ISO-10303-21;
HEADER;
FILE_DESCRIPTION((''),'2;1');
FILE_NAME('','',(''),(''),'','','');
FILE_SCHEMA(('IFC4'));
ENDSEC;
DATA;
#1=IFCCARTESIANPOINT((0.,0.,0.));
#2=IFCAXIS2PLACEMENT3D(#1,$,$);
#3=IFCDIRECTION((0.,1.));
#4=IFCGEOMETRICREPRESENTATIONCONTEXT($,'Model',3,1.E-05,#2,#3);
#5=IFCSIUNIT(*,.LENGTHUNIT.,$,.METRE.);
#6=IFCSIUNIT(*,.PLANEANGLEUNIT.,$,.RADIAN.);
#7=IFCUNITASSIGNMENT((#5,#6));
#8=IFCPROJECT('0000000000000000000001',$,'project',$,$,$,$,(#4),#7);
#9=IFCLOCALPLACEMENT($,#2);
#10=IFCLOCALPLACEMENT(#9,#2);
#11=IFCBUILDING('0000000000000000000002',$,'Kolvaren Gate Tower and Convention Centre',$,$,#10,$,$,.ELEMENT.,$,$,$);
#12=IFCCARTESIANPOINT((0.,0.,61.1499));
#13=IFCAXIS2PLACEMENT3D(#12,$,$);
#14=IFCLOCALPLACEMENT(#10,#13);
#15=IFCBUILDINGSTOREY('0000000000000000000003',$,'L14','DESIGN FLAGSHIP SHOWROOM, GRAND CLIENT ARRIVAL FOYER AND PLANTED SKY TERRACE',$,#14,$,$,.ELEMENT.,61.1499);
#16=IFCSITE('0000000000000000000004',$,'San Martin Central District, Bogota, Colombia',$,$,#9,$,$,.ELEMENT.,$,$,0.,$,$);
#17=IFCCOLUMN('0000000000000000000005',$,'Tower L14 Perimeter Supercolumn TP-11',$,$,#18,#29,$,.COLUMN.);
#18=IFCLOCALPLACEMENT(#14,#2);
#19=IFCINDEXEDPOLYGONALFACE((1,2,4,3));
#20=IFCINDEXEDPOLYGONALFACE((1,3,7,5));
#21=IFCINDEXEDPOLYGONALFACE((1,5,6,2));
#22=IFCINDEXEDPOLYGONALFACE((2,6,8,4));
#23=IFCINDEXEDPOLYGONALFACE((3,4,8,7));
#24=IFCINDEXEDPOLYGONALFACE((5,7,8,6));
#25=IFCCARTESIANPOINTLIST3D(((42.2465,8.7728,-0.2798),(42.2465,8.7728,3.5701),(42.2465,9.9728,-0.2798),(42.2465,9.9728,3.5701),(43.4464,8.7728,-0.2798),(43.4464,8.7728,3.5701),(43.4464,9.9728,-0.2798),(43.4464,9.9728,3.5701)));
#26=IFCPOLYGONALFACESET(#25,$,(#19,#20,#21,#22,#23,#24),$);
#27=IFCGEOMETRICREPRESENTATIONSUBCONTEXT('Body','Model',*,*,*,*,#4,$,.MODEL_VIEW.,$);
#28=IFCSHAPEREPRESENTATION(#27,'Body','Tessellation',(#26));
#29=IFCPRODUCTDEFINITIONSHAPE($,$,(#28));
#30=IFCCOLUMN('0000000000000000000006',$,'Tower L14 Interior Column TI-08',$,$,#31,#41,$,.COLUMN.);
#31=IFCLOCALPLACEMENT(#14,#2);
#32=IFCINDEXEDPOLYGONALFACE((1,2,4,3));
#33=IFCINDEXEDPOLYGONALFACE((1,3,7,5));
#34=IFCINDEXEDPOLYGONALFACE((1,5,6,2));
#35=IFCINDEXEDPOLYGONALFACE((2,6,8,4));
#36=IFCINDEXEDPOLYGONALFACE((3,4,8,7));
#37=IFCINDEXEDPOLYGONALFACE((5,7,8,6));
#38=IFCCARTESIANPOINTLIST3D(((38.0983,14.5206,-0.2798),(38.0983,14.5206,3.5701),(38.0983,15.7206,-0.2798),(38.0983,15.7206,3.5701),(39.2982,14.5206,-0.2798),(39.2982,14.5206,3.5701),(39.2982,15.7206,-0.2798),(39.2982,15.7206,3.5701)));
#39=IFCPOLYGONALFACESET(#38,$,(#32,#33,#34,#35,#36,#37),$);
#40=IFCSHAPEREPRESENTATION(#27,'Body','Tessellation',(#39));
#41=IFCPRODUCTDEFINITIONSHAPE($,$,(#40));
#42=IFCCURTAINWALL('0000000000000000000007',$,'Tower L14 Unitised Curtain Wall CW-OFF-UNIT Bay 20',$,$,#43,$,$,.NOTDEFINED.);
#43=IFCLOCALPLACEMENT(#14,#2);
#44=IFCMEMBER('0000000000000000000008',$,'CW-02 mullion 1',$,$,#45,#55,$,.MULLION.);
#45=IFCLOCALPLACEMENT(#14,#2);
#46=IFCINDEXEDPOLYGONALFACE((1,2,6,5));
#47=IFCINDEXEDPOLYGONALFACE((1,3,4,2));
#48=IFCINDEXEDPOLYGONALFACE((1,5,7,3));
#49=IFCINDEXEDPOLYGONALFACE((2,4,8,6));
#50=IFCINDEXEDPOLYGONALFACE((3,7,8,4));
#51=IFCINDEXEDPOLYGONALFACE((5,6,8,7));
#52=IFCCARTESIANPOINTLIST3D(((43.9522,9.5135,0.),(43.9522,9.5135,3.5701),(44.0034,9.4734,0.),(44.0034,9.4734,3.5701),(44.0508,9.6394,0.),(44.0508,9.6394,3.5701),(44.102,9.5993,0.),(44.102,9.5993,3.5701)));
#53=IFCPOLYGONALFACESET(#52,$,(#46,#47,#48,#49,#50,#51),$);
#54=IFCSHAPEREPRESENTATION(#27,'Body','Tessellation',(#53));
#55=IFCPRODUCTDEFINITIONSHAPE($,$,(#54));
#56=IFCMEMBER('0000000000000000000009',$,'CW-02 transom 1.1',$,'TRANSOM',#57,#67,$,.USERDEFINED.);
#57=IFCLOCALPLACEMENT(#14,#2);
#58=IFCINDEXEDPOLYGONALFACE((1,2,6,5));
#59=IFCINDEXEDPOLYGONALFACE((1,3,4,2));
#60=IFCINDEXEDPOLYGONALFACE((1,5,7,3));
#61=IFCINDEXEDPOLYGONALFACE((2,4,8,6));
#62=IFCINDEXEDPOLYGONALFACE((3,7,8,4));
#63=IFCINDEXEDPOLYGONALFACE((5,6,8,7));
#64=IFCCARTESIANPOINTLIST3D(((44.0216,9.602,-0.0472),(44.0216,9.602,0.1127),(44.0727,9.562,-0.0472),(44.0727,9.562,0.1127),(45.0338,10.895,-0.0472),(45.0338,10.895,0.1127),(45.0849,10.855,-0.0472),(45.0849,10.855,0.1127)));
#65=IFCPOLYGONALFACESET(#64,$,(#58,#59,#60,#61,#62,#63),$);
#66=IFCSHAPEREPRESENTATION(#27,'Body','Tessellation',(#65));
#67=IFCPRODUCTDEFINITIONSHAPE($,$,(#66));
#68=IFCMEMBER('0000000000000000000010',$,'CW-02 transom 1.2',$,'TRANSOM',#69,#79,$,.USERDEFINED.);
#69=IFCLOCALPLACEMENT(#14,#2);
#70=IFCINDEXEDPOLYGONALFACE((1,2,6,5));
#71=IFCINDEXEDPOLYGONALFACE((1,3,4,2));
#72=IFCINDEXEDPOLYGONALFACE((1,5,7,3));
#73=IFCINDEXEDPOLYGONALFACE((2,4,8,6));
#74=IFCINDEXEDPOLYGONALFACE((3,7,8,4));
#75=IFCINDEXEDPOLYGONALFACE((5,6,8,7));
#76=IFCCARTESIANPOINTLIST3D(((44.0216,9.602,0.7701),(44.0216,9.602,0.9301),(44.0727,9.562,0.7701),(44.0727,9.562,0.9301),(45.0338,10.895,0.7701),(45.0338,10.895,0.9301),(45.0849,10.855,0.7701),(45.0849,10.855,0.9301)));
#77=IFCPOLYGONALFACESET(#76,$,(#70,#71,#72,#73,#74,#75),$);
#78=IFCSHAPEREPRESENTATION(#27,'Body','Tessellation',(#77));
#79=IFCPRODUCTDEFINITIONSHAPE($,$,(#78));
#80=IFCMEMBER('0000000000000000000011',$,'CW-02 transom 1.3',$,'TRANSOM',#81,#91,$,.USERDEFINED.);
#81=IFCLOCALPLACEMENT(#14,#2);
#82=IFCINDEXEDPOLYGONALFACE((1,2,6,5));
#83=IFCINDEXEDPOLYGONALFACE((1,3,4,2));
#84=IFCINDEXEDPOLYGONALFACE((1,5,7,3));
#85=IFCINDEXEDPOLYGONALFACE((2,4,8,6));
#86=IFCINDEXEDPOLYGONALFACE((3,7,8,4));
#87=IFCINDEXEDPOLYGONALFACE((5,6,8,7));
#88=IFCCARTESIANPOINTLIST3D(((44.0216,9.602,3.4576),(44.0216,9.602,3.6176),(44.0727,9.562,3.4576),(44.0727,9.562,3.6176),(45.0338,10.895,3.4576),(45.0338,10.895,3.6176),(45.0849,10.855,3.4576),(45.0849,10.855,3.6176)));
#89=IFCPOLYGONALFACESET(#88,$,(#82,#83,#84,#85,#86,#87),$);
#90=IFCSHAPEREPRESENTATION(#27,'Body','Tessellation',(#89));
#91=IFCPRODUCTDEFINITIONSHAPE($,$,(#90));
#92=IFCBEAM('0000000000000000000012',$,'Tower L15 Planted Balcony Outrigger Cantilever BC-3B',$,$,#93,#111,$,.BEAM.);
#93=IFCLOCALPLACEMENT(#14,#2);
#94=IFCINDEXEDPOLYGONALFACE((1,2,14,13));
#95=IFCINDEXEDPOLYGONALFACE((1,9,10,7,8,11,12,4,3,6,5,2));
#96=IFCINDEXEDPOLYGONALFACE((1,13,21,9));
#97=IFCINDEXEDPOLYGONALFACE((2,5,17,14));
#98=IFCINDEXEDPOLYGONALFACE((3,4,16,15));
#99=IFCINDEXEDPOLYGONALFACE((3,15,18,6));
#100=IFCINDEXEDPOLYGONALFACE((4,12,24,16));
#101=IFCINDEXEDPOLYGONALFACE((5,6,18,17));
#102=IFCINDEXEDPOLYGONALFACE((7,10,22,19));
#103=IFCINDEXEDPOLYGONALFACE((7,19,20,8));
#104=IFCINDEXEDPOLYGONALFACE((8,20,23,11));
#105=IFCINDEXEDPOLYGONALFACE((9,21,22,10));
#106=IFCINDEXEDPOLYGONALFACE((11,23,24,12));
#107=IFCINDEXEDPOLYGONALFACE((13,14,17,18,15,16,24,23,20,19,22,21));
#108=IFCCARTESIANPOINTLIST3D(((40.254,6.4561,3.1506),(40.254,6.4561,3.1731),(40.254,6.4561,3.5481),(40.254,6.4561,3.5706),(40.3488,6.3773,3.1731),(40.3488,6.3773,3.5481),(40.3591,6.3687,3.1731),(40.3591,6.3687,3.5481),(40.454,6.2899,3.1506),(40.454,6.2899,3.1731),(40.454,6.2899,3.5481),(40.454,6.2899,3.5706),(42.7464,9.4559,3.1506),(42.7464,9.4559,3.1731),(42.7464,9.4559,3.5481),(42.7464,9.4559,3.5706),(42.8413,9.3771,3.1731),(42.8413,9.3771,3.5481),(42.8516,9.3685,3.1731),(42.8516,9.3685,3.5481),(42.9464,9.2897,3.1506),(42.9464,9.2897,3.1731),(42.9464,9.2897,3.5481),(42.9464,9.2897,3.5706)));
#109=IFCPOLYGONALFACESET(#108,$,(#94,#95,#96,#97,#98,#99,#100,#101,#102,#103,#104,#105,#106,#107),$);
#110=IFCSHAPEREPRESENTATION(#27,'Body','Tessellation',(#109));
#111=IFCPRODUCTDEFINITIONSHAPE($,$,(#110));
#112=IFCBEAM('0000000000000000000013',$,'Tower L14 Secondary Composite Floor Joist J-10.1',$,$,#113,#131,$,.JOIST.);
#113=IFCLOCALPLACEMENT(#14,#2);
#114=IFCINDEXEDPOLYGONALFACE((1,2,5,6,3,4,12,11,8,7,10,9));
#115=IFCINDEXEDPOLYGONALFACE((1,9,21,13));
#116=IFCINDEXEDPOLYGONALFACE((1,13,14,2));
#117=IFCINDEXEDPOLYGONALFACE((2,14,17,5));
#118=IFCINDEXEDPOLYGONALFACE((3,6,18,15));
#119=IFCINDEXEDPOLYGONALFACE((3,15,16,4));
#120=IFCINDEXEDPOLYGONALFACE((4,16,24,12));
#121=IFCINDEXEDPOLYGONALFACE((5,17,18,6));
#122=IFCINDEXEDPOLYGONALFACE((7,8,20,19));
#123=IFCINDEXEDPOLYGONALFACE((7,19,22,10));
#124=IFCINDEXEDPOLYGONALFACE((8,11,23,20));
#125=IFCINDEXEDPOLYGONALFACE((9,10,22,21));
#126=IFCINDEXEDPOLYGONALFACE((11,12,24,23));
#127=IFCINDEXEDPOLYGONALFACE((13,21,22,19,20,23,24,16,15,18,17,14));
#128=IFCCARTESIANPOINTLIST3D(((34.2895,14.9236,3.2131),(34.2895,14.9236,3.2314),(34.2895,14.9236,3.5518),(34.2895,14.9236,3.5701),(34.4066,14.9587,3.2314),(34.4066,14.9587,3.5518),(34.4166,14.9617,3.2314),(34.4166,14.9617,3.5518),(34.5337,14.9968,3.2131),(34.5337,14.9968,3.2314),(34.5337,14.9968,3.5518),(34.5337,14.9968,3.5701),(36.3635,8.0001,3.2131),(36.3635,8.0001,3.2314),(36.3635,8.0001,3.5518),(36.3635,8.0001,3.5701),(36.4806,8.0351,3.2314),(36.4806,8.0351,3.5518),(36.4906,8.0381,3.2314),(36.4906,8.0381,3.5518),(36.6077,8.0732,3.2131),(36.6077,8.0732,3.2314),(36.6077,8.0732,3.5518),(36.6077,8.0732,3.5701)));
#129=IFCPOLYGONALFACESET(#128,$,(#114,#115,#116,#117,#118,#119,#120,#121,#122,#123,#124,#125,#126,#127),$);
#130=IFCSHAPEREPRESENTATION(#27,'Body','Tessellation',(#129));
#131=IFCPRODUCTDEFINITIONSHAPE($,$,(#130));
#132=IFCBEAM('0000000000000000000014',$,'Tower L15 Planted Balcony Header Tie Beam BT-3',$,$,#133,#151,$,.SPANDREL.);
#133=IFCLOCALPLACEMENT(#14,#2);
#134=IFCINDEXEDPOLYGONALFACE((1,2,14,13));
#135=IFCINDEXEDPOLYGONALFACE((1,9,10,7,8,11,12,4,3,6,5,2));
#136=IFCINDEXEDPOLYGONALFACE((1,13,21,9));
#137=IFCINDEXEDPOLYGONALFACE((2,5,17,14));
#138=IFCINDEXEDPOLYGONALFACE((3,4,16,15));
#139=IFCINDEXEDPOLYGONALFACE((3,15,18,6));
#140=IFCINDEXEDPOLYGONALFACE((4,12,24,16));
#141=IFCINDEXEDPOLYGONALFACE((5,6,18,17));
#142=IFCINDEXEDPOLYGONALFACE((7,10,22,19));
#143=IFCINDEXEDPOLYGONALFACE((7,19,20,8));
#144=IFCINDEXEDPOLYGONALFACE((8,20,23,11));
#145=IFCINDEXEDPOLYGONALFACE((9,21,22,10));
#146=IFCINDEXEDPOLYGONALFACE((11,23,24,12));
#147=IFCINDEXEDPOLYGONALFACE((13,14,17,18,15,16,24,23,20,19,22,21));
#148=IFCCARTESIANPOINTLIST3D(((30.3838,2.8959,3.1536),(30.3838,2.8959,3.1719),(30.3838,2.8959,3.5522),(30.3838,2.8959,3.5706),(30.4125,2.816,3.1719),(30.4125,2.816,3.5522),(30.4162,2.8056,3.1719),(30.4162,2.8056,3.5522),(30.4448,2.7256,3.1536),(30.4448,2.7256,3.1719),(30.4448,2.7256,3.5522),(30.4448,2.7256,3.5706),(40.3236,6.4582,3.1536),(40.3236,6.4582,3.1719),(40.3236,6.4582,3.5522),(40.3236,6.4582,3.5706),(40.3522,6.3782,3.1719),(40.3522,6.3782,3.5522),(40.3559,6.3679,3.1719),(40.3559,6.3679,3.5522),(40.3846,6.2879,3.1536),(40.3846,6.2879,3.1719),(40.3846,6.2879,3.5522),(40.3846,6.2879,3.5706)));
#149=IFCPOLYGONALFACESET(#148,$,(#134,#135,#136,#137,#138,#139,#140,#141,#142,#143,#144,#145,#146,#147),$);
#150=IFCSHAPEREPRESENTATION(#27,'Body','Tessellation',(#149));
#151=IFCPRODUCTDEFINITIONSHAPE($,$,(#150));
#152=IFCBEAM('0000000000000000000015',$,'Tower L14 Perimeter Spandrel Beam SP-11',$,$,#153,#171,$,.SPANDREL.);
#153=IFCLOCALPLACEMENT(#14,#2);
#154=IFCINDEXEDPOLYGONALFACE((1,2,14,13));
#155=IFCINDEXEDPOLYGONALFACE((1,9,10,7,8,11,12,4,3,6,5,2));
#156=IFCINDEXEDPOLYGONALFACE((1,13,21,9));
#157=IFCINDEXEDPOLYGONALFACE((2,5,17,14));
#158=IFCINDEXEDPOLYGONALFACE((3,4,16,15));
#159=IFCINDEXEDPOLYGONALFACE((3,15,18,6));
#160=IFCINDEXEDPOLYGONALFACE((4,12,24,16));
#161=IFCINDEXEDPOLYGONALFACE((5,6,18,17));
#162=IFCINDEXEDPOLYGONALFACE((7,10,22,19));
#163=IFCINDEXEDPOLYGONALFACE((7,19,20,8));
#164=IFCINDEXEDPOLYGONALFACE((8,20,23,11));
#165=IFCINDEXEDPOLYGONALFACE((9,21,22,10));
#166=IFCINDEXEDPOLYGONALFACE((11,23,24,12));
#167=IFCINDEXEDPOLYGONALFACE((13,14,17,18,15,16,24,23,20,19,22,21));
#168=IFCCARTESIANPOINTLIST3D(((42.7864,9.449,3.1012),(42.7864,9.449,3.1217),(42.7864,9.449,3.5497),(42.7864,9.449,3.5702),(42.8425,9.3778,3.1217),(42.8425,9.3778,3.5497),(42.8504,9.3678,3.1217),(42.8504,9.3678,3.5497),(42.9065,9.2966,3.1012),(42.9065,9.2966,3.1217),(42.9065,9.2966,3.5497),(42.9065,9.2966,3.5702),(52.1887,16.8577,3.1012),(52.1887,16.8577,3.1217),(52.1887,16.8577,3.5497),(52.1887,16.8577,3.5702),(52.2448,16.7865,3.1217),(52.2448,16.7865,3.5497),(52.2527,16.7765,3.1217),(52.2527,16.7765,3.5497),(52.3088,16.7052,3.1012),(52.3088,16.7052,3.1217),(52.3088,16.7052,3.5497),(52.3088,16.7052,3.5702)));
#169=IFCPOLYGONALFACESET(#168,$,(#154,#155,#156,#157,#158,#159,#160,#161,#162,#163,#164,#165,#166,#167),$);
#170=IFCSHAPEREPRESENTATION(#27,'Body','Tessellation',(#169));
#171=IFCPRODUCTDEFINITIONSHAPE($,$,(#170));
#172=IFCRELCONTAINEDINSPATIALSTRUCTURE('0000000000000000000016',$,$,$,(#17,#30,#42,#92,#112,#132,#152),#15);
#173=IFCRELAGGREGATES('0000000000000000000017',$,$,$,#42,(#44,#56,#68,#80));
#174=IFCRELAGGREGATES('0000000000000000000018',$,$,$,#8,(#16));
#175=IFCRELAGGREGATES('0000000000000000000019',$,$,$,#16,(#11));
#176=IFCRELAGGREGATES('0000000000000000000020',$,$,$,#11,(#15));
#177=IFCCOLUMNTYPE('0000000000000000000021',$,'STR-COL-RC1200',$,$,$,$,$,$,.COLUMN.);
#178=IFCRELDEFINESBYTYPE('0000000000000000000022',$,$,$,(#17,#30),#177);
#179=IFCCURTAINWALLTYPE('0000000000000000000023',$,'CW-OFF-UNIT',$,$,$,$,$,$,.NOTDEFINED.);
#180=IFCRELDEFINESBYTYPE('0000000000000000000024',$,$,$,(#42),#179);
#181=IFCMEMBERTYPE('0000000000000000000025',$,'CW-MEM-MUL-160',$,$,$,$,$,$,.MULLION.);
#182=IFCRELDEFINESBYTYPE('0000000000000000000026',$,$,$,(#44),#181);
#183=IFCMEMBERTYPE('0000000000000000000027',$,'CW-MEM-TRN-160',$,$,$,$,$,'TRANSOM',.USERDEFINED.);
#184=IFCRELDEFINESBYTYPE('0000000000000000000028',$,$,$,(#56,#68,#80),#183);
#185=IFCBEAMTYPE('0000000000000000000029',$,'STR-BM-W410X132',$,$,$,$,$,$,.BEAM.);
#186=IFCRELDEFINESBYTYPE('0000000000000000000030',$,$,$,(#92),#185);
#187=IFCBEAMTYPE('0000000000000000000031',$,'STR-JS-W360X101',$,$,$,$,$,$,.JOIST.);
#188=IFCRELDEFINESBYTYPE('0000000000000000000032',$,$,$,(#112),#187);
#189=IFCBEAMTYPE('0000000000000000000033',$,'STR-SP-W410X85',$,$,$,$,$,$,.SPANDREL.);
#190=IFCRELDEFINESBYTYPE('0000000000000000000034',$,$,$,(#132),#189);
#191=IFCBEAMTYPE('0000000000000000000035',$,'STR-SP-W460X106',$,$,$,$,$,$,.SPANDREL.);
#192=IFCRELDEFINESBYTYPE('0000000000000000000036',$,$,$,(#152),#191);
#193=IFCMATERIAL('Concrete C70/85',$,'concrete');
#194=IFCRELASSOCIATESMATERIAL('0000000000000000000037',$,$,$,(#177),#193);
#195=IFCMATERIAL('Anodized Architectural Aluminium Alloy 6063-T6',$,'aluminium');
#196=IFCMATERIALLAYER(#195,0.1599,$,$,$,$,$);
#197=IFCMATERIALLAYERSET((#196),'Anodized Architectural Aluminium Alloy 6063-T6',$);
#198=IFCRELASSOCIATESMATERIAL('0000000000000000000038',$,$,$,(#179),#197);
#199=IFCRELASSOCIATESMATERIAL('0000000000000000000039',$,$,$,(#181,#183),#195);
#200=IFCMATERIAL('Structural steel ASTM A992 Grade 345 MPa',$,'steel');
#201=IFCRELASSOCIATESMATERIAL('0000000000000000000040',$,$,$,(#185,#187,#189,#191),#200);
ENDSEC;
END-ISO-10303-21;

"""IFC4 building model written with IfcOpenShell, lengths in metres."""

from ifc_helpers import new_model, si_unit, direction, frame, origin, origin_2d, place, context, subcontext, project, spatial, rectangle, i_section, extrude, material, layer, layer_set, material_profile, profile_set, type_object, element, aggregate, save


model = new_model("IFC4")

# Units and contexts
model_context = context("Model", 3, precision=1e-05, world=origin(), true_north=direction((0.0, 1.0)))
body_context = subcontext(model_context, "Body", "Model", "MODEL_VIEW")
ifc_project = project(units=[si_unit("LENGTHUNIT", "METRE"), si_unit("PLANEANGLEUNIT", "RADIAN")], contexts=[model_context])

# Site, building, storey
site_placement = place(None, origin())
site = spatial("IfcSite", under=ifc_project, at=site_placement, Name="San Martin Central District, Bogota, Colombia", CompositionType="ELEMENT", RefElevation=0.0)
building_placement = place(site_placement, origin())
building = spatial("IfcBuilding", under=site, at=building_placement, Name="Kolvaren Gate Tower and Convention Centre", CompositionType="ELEMENT")
storey_placement = place(building_placement, frame((0.0, 0.0, 61.1499)))
storey = spatial("IfcBuildingStorey", under=building, at=storey_placement, Name="L14", Description="DESIGN FLAGSHIP SHOWROOM, GRAND CLIENT ARRIVAL FOYER AND PLANTED SKY TERRACE", CompositionType="ELEMENT", Elevation=61.1499)

# Columns
ifc_material_1 = material(Name="Concrete C70/85", Category="concrete")
ifc_material_profile_1 = material_profile(ifc_material_1, rectangle(XDim=1.2, YDim=1.2, at=origin_2d()), Name="RC-COL-1200X1200")
ifc_profile_set_1 = profile_set([ifc_material_profile_1], Name="Concrete C70/85")
column_type = type_object("IfcColumnType", Name="STR-COL-RC1200", PredefinedType="COLUMN", material=ifc_profile_set_1)
for number, where, z_axis, x_axis, name in (
    (1, (42.8464, 9.3728, -0.2798), (0.0, 0.0, 1.0), (1.0, 0.0, 0.0), "Tower L14 Perimeter Supercolumn TP-11"),
    (2, (38.6982, 15.1206, -0.2798), (0.0, 0.0, 1.0), (1.0, 0.0, 0.0), "Tower L14 Interior Column TI-08"),
):
    element("IfcColumn", number, at=place(storey_placement, frame(where, z_axis=z_axis, x_axis=x_axis)), inside=storey, type_object=column_type, Name=name, PredefinedType="COLUMN", context=body_context, shape_type="SweptSolid", body=[
        extrude(rectangle(XDim=1.2, YDim=1.2, at=origin_2d()), origin(), (0.0, 0.0, 1.0), 3.8499),
    ])

# Curtain wall, members
ifc_material_2 = material(Name="Anodized Architectural Aluminium Alloy 6063-T6", Category="aluminium")
ifc_layer_1 = layer(ifc_material_2, 0.1599)
ifc_layer_set_1 = layer_set([ifc_layer_1], Name="Anodized Architectural Aluminium Alloy 6063-T6")
curtain_wall_type = type_object("IfcCurtainWallType", Name="CW-OFF-UNIT", PredefinedType="NOTDEFINED", material=ifc_layer_set_1)
curtain_wall_placement = place(storey_placement, origin())
curtain_wall = element("IfcCurtainWall", 3, at=curtain_wall_placement, inside=storey, type_object=curtain_wall_type, Name="Tower L14 Unitised Curtain Wall CW-OFF-UNIT Bay 20", PredefinedType="NOTDEFINED")
ifc_material_profile_2 = material_profile(ifc_material_2, rectangle(XDim=0.0649, YDim=0.1599, at=origin_2d()), Name="CW-MEM-MUL-160")
ifc_profile_set_2 = profile_set([ifc_material_profile_2], Name="Anodized Architectural Aluminium Alloy 6063-T6")
member_type_1 = type_object("IfcMemberType", Name="CW-MEM-MUL-160", PredefinedType="MULLION", material=ifc_profile_set_2)
member_1_placement = place(storey_placement, frame((44.0271, 9.5564, 0.0), z_axis=(0.0, 0.0, 1.0), x_axis=(-0.787406, 0.616434, 0.0)))
member_1 = element("IfcMember", 4, at=member_1_placement, type_object=member_type_1, Name="CW-02 mullion 1", PredefinedType="MULLION", context=body_context, shape_type="SweptSolid", body=[
    extrude(rectangle(XDim=0.0649, YDim=0.1599, at=origin_2d()), origin(), (0.0, 0.0, 1.0), 3.5701),
])
ifc_material_profile_3 = material_profile(ifc_material_2, rectangle(XDim=0.0649, YDim=0.1599, at=origin_2d()), Name="CW-MEM-TRN-160")
ifc_profile_set_3 = profile_set([ifc_material_profile_3], Name="Anodized Architectural Aluminium Alloy 6063-T6")
member_type_2 = type_object("IfcMemberType", Name="CW-MEM-TRN-160", ElementType="TRANSOM", PredefinedType="USERDEFINED", material=ifc_profile_set_3)
member_2_placement = place(storey_placement, frame((44.0471, 9.582, 0.0327), z_axis=(0.616429, 0.787411, 0.0), x_axis=(-0.787411, 0.616429, 0.0)))
member_2 = element("IfcMember", 5, at=member_2_placement, type_object=member_type_2, Name="CW-02 transom 1.1", ObjectType="TRANSOM", PredefinedType="USERDEFINED", context=body_context, shape_type="SweptSolid", body=[
    extrude(rectangle(XDim=0.0649, YDim=0.1599, at=origin_2d()), origin(), (0.0, 0.0, 1.0), 1.6421),
])
member_3_placement = place(storey_placement, frame((44.0471, 9.582, 0.8501), z_axis=(0.616429, 0.787411, 0.0), x_axis=(-0.787411, 0.616429, 0.0)))
member_3 = element("IfcMember", 6, at=member_3_placement, type_object=member_type_2, Name="CW-02 transom 1.2", ObjectType="TRANSOM", PredefinedType="USERDEFINED", context=body_context, shape_type="SweptSolid", body=[
    extrude(rectangle(XDim=0.0649, YDim=0.1599, at=origin_2d()), origin(), (0.0, 0.0, 1.0), 1.6421),
])
member_4_placement = place(storey_placement, frame((44.0471, 9.582, 3.5376), z_axis=(0.616429, 0.787411, 0.0), x_axis=(-0.787411, 0.616429, 0.0)))
member_4 = element("IfcMember", 7, at=member_4_placement, type_object=member_type_2, Name="CW-02 transom 1.3", ObjectType="TRANSOM", PredefinedType="USERDEFINED", context=body_context, shape_type="SweptSolid", body=[
    extrude(rectangle(XDim=0.0649, YDim=0.1599, at=origin_2d()), origin(), (0.0, 0.0, 1.0), 1.6421),
])

# Beams
ifc_material_3 = material(Name="Structural steel ASTM A992 Grade 345 MPa", Category="steel")
ifc_material_profile_4 = material_profile(ifc_material_3, i_section(OverallWidth=0.26, OverallDepth=0.4199, WebThickness=0.0134, FlangeThickness=0.0225, at=origin_2d()), Name="W410X132")
ifc_profile_set_4 = profile_set([ifc_material_profile_4], Name="Structural steel ASTM A992 Grade 345 MPa")
beam_type_1 = type_object("IfcBeamType", Name="STR-BM-W410X132", PredefinedType="BEAM", material=ifc_profile_set_4)
beam_1_placement = place(storey_placement, frame((42.8464, 9.3728, 3.3606), z_axis=(-0.639069, -0.769149, 0.0), x_axis=(0.769149, -0.639069, 0.0)))
element("IfcBeam", 8, at=beam_1_placement, inside=storey, type_object=beam_type_1, Name="Tower L15 Planted Balcony Outrigger Cantilever BC-3B", PredefinedType="BEAM", context=body_context, shape_type="SweptSolid", body=[
    extrude(i_section(OverallWidth=0.26, OverallDepth=0.4199, WebThickness=0.0134, FlangeThickness=0.0225, at=origin_2d()), origin(), (0.0, 0.0, 1.0), 3.9001),
])
ifc_material_profile_5 = material_profile(ifc_material_3, i_section(OverallWidth=0.2549, OverallDepth=0.3569, WebThickness=0.0105, FlangeThickness=0.0183, at=origin_2d()), Name="W360X101")
ifc_profile_set_5 = profile_set([ifc_material_profile_5], Name="Structural steel ASTM A992 Grade 345 MPa")
beam_type_2 = type_object("IfcBeamType", Name="STR-JS-W360X101", PredefinedType="JOIST", material=ifc_profile_set_5)
beam_2_placement = place(storey_placement, frame((34.4116, 14.9602, 3.3916), z_axis=(0.286954, -0.957944, 0.0), x_axis=(0.957944, 0.286954, 0.0)))
element("IfcBeam", 9, at=beam_2_placement, inside=storey, type_object=beam_type_2, Name="Tower L14 Secondary Composite Floor Joist J-10.1", PredefinedType="JOIST", context=body_context, shape_type="SweptSolid", body=[
    extrude(i_section(OverallWidth=0.2549, OverallDepth=0.3569, WebThickness=0.0105, FlangeThickness=0.0183, at=origin_2d()), origin(), (0.0, 0.0, 1.0), 7.2275),
])
ifc_material_profile_6 = material_profile(ifc_material_3, i_section(OverallWidth=0.1809, OverallDepth=0.417, WebThickness=0.011, FlangeThickness=0.0183, at=origin_2d()), Name="W410X85")
ifc_profile_set_6 = profile_set([ifc_material_profile_6], Name="Structural steel ASTM A992 Grade 345 MPa")
beam_type_3 = type_object("IfcBeamType", Name="STR-SP-W410X85", PredefinedType="SPANDREL", material=ifc_profile_set_6)
beam_3_placement = place(storey_placement, frame((30.4143, 2.8108, 3.3621), z_axis=(0.94137, 0.337375, 0.0), x_axis=(-0.337375, 0.94137, 0.0)))
element("IfcBeam", 10, at=beam_3_placement, inside=storey, type_object=beam_type_3, Name="Tower L15 Planted Balcony Header Tie Beam BT-3", PredefinedType="SPANDREL", context=body_context, shape_type="SweptSolid", body=[
    extrude(i_section(OverallWidth=0.1809, OverallDepth=0.417, WebThickness=0.011, FlangeThickness=0.0183, at=origin_2d()), origin(), (0.0, 0.0, 1.0), 10.5588),
])
ifc_material_profile_7 = material_profile(ifc_material_3, i_section(OverallWidth=0.1941, OverallDepth=0.469, WebThickness=0.0127, FlangeThickness=0.0205, at=origin_2d()), Name="W460X106")
ifc_profile_set_7 = profile_set([ifc_material_profile_7], Name="Structural steel ASTM A992 Grade 345 MPa")
beam_type_4 = type_object("IfcBeamType", Name="STR-SP-W460X106", PredefinedType="SPANDREL", material=ifc_profile_set_7)
beam_4_placement = place(storey_placement, frame((42.8464, 9.3728, 3.3357), z_axis=(0.78546, 0.618913, 0.0), x_axis=(-0.618913, 0.78546, 0.0)))
element("IfcBeam", 11, at=beam_4_placement, inside=storey, type_object=beam_type_4, Name="Tower L14 Perimeter Spandrel Beam SP-11", PredefinedType="SPANDREL", context=body_context, shape_type="SweptSolid", body=[
    extrude(i_section(OverallWidth=0.1941, OverallDepth=0.469, WebThickness=0.0127, FlangeThickness=0.0205, at=origin_2d()), origin(), (0.0, 0.0, 1.0), 11.9705),
])

aggregate(curtain_wall, [member_1, member_2, member_3, member_4])

save(model, "model.ifc")
